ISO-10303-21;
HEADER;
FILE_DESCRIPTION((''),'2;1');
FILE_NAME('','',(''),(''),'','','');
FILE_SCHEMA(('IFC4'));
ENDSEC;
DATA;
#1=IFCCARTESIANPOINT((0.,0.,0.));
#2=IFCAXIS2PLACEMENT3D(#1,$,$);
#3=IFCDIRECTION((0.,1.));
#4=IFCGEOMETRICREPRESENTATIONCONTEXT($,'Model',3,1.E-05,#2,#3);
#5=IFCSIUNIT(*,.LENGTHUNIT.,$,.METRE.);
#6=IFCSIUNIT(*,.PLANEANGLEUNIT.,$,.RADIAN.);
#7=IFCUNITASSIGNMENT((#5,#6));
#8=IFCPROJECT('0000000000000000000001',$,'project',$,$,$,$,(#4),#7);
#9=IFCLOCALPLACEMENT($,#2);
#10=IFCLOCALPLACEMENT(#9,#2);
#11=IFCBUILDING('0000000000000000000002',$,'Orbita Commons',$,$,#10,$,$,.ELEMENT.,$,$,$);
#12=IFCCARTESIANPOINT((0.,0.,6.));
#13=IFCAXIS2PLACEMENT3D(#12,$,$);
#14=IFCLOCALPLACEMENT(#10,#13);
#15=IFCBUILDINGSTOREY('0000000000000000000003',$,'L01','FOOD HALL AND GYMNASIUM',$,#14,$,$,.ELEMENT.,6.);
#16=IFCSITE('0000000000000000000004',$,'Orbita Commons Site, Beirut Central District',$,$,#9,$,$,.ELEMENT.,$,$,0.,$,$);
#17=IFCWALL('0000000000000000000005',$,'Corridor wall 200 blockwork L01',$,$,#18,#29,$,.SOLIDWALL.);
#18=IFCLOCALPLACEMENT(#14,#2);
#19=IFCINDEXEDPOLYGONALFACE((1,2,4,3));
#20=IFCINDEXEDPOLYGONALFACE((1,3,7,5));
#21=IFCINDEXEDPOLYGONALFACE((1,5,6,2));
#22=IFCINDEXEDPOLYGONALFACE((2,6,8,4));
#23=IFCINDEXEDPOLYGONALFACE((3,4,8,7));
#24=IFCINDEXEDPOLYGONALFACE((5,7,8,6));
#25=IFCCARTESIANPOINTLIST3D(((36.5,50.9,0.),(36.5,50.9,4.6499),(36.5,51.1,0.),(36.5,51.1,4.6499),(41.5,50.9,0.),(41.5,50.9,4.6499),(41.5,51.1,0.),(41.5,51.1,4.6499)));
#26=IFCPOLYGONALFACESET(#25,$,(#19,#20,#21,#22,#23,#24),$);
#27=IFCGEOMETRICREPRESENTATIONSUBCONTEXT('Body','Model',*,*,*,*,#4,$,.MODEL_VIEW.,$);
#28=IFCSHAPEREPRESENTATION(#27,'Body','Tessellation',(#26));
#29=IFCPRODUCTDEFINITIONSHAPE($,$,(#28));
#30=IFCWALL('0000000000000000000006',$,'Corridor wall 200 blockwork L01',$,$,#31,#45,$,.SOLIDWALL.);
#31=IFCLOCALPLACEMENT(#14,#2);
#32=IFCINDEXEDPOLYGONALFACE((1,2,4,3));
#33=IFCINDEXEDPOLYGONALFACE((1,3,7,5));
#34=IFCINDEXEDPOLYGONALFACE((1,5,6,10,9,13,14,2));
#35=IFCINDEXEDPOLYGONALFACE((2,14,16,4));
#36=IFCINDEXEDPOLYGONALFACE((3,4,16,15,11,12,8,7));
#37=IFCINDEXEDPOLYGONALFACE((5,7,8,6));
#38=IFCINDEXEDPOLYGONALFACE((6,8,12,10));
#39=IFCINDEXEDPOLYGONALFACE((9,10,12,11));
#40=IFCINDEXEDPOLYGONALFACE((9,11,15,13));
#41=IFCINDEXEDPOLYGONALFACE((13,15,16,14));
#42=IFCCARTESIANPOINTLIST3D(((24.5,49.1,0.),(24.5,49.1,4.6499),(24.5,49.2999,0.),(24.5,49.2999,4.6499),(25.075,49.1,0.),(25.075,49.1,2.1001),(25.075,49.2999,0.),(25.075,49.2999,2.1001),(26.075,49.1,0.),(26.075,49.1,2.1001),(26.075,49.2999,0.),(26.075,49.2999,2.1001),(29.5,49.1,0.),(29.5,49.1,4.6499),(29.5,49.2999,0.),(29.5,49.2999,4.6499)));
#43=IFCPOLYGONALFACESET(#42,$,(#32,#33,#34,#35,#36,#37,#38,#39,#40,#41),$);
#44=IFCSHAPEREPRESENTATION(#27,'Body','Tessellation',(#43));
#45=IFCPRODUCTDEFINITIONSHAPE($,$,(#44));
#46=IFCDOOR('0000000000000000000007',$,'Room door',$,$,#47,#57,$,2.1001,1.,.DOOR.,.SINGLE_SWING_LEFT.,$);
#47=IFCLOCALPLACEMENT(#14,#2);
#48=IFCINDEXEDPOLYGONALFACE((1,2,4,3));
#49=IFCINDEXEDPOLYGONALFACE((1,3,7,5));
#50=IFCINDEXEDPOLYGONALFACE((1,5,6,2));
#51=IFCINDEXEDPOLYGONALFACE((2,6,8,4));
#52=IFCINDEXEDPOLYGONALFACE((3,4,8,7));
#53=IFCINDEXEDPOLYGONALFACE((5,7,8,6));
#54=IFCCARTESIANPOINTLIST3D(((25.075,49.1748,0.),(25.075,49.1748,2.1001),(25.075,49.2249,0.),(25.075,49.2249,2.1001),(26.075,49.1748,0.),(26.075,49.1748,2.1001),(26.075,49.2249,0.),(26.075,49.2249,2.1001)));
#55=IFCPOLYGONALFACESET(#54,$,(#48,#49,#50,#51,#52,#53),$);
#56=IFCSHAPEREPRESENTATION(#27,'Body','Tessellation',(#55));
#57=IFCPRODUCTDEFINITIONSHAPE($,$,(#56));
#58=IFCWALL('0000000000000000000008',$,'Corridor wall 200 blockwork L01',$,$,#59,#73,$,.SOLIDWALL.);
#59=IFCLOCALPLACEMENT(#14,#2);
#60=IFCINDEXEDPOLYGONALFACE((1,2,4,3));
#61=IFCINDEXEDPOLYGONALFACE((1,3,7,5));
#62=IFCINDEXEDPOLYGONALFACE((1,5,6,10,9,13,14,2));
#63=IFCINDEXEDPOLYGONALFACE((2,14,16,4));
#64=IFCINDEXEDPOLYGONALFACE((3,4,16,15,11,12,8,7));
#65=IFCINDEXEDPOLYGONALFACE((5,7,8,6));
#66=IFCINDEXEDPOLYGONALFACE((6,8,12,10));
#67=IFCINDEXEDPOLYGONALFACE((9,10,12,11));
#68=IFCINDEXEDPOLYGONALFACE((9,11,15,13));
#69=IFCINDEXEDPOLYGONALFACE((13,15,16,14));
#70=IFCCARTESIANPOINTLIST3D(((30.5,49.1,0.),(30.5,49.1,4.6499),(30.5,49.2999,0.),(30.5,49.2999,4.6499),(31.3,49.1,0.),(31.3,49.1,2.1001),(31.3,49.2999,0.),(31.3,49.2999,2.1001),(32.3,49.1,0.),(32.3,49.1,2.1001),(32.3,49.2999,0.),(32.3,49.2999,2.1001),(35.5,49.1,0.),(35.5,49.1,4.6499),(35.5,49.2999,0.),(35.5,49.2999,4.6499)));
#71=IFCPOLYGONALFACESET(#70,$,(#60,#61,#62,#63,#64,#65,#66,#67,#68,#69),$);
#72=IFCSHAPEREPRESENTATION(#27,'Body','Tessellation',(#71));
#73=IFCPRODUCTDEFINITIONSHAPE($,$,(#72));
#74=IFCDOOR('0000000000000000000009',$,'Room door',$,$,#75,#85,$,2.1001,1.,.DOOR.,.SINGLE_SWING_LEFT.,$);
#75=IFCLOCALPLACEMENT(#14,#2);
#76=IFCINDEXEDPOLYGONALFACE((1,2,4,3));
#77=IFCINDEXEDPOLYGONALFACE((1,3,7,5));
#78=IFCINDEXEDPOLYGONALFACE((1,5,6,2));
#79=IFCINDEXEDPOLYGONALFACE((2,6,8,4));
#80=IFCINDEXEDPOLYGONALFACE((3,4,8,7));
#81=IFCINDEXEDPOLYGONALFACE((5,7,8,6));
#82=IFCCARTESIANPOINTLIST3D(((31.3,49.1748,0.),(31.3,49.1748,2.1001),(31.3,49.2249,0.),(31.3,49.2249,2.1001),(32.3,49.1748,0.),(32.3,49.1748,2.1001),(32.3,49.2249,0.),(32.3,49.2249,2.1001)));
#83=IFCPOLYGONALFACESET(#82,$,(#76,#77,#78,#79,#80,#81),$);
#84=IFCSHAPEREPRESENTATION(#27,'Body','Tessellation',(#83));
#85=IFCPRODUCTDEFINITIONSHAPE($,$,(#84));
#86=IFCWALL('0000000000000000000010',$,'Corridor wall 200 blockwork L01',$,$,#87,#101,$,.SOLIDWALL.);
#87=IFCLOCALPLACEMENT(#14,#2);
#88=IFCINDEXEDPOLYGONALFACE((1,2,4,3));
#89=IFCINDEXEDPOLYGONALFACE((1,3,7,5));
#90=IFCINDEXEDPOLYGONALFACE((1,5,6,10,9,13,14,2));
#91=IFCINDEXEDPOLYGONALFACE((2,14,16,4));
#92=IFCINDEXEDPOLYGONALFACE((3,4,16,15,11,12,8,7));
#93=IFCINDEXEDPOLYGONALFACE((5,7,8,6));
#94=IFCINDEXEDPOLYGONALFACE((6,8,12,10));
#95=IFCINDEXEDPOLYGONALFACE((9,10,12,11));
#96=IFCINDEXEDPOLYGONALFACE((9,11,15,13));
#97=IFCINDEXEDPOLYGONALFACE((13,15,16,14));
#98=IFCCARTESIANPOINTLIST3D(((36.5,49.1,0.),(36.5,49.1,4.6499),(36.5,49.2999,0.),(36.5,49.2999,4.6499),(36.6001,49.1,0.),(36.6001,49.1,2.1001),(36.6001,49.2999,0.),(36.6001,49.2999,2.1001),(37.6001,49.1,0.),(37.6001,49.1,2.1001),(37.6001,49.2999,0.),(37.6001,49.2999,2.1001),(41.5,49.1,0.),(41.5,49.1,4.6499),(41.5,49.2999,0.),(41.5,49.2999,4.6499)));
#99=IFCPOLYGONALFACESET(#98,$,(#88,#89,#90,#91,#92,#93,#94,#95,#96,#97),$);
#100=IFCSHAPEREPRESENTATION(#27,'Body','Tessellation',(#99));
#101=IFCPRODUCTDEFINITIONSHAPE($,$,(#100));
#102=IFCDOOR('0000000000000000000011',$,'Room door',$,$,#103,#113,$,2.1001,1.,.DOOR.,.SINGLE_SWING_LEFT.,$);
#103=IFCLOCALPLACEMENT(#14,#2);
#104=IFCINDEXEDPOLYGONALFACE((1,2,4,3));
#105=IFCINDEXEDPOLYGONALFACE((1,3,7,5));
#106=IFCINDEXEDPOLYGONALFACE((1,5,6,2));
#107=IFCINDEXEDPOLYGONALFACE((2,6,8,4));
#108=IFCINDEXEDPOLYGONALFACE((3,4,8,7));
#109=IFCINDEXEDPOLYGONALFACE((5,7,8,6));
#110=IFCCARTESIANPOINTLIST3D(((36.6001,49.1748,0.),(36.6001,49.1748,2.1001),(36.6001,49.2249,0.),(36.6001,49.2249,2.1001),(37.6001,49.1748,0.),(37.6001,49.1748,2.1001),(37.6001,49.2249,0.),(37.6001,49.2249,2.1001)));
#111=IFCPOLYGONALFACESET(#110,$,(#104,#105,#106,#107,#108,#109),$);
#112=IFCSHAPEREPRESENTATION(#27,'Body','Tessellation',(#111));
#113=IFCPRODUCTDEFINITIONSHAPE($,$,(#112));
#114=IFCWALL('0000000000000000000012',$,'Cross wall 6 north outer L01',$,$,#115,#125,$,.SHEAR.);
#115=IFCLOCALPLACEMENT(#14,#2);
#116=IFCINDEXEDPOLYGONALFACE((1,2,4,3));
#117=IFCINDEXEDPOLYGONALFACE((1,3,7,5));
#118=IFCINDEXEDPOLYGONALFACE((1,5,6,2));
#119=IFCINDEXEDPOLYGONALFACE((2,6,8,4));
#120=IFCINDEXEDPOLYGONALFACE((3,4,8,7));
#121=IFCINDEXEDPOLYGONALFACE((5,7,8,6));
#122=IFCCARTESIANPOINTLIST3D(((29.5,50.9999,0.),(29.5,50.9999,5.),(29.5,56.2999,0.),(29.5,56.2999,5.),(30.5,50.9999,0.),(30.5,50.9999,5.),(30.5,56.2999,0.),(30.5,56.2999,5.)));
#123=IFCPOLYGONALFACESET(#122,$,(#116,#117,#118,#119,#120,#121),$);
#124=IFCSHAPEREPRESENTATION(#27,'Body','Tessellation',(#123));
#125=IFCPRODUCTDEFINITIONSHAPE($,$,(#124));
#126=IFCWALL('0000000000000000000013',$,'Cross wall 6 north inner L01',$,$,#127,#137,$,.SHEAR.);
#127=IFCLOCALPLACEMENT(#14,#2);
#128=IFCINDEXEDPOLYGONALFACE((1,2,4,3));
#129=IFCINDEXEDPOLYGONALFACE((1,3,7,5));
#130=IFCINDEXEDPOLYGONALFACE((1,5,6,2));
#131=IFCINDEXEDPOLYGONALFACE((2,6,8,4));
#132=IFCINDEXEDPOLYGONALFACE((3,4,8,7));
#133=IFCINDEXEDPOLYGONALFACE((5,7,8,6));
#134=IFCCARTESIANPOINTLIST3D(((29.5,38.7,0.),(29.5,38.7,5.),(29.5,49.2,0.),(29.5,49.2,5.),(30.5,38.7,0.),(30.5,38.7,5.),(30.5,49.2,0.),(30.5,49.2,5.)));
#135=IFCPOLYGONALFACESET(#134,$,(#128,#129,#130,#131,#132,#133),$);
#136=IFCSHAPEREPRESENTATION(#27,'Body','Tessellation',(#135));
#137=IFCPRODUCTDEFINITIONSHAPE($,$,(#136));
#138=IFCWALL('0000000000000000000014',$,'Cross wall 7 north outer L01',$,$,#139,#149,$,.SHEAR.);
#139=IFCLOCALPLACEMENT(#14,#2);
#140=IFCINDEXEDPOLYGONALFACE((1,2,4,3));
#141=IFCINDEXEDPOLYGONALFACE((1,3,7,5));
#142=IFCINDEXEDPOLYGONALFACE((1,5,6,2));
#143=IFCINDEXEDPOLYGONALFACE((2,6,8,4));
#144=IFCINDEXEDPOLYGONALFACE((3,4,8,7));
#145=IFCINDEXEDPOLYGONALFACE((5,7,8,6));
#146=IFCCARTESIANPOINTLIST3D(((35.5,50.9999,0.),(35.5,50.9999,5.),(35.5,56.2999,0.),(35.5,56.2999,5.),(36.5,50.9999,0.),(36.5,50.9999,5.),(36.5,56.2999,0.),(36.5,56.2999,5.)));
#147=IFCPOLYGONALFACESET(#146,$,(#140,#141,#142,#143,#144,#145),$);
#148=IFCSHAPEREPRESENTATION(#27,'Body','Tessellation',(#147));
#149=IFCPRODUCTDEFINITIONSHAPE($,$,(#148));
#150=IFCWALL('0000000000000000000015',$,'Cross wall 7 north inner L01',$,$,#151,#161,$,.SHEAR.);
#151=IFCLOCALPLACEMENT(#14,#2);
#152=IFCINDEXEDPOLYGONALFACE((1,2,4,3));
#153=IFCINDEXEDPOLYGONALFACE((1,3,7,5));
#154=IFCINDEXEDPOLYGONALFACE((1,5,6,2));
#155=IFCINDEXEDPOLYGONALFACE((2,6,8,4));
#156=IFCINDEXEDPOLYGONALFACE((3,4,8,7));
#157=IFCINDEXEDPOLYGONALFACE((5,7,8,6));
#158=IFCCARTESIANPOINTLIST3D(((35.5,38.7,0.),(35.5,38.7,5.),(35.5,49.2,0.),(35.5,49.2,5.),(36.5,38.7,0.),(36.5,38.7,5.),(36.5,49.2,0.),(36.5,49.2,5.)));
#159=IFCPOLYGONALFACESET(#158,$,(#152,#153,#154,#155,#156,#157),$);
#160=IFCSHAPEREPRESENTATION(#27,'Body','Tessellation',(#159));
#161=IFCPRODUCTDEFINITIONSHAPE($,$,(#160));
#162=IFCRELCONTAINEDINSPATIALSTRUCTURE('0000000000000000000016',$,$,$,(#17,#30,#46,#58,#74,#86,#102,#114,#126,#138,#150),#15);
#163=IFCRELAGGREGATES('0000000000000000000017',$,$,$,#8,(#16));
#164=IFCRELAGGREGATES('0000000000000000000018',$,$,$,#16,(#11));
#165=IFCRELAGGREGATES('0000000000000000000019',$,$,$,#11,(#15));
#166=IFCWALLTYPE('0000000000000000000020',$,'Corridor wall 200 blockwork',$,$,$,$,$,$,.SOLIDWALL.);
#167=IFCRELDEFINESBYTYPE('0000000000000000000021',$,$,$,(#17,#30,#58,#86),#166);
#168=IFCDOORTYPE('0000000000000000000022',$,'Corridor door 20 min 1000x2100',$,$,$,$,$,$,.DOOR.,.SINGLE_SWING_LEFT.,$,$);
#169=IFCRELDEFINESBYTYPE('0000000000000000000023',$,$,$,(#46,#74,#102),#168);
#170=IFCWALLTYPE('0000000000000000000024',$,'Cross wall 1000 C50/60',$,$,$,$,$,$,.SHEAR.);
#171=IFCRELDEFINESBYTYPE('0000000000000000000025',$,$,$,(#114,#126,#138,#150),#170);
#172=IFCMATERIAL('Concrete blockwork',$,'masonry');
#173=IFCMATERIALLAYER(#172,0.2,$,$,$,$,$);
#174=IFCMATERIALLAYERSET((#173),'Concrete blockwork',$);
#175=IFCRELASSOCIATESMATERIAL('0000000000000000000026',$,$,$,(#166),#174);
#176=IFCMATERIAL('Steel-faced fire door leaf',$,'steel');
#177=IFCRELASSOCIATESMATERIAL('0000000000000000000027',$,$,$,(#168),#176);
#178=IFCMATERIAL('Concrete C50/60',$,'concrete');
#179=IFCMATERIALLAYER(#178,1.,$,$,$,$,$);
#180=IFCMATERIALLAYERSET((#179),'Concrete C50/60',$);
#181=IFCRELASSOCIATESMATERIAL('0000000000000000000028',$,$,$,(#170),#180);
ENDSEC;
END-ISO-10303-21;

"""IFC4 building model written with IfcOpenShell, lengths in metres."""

from ifc_helpers import new_model, si_unit, direction, frame, frame_2d, origin, place, context, subcontext, project, spatial, rectangle, extrude, material, layer, layer_set, type_object, element, fill, save


model = new_model("IFC4")

# Units and contexts
model_context = context("Model", 3, precision=1e-05, world=origin(), true_north=direction((0.0, 1.0)))
body_context = subcontext(model_context, "Body", "Model", "MODEL_VIEW")
ifc_project = project(units=[si_unit("LENGTHUNIT", "METRE"), si_unit("PLANEANGLEUNIT", "RADIAN")], contexts=[model_context])

# Site, building, storey
site_placement = place(None, origin())
site = spatial("IfcSite", under=ifc_project, at=site_placement, Name="Orbita Commons Site, Beirut Central District", CompositionType="ELEMENT", RefElevation=0.0)
building_placement = place(site_placement, origin())
building = spatial("IfcBuilding", under=site, at=building_placement, Name="Orbita Commons", CompositionType="ELEMENT")
storey_placement = place(building_placement, frame((0.0, 0.0, 6.0)))
storey = spatial("IfcBuildingStorey", under=building, at=storey_placement, Name="L01", Description="FOOD HALL AND GYMNASIUM", CompositionType="ELEMENT", Elevation=6.0)

# Shared definitions
ifc_material_1 = material(Name="Concrete blockwork", Category="masonry")
ifc_layer_1 = layer(ifc_material_1, 0.2)
ifc_layer_set_1 = layer_set([ifc_layer_1], Name="Concrete blockwork")
wall_type_1 = type_object("IfcWallType", Name="Corridor wall 200 blockwork", PredefinedType="SOLIDWALL", material=ifc_layer_set_1)

# Wall
wall_1_placement = place(storey_placement, frame((36.5, 51.0, 0.0), z_axis=(0.0, 0.0, 1.0), x_axis=(1.0, 0.0, 0.0)))
element("IfcWall", 1, at=wall_1_placement, inside=storey, type_object=wall_type_1, Name="Corridor wall 200 blockwork L01", PredefinedType="SOLIDWALL", context=body_context, shape_type="SweptSolid", body=[
    extrude(rectangle(XDim=5.0, YDim=0.2, at=frame_2d((2.5, 0.0))), origin(), (0.0, 0.0, 1.0), 4.6499),
])

# Walls, openings, doors
wall_2_placement = place(storey_placement, frame((24.5, 49.2, 0.0), z_axis=(0.0, 0.0, 1.0), x_axis=(1.0, 0.0, 0.0)))
wall_2 = element("IfcWall", 2, at=wall_2_placement, inside=storey, type_object=wall_type_1, Name="Corridor wall 200 blockwork L01", PredefinedType="SOLIDWALL", context=body_context, shape_type="SweptSolid", body=[
    extrude(rectangle(XDim=5.0, YDim=0.2, at=frame_2d((2.5, 0.0))), origin(), (0.0, 0.0, 1.0), 4.6499),
])
opening_1_placement = place(wall_2_placement, frame((0.575, 0.0, 0.0)))
opening_1 = element("IfcOpeningElement", 3, at=opening_1_placement, cuts=wall_2, PredefinedType="OPENING", context=body_context, shape_type="SweptSolid", body=[
    extrude(rectangle(XDim=1.0, YDim=2.1001, at=frame_2d((0.5, 1.05))), frame((0.0, 0.1099, 0.0), z_axis=(0.0, -1.0, 0.0), x_axis=(1.0, 0.0, 0.0)), (0.0, 0.0, 1.0), 0.22),
])
ifc_material_2 = material(Name="Steel-faced fire door leaf", Category="steel")
door_type_1 = type_object("IfcDoorType", Name="Corridor door 20 min 1000x2100", OperationType="SINGLE_SWING_LEFT", PredefinedType="DOOR", material=ifc_material_2)
door_1_placement = place(opening_1_placement, origin())
door_1 = element("IfcDoor", 4, at=door_1_placement, inside=storey, type_object=door_type_1, Name="Room door", OperationType="SINGLE_SWING_LEFT", OverallHeight=2.1001, OverallWidth=1.0, PredefinedType="DOOR", context=body_context, shape_type="SweptSolid", body=[
    extrude(rectangle(XDim=1.0, YDim=2.1001, at=frame_2d((0.5, 1.05))), frame((0.0, 0.0249, 0.0), z_axis=(0.0, -1.0, 0.0), x_axis=(1.0, 0.0, 0.0)), (0.0, 0.0, 1.0), 0.05),
])
fill(opening_1, door_1)
wall_3_placement = place(storey_placement, frame((30.5, 49.2, 0.0), z_axis=(0.0, 0.0, 1.0), x_axis=(1.0, 0.0, 0.0)))
wall_3 = element("IfcWall", 5, at=wall_3_placement, inside=storey, type_object=wall_type_1, Name="Corridor wall 200 blockwork L01", PredefinedType="SOLIDWALL", context=body_context, shape_type="SweptSolid", body=[
    extrude(rectangle(XDim=5.0, YDim=0.2, at=frame_2d((2.5, 0.0))), origin(), (0.0, 0.0, 1.0), 4.6499),
])
opening_2_placement = place(wall_3_placement, frame((0.8, 0.0, 0.0)))
opening_2 = element("IfcOpeningElement", 6, at=opening_2_placement, cuts=wall_3, PredefinedType="OPENING", context=body_context, shape_type="SweptSolid", body=[
    extrude(rectangle(XDim=1.0, YDim=2.1001, at=frame_2d((0.5, 1.05))), frame((0.0, 0.1099, 0.0), z_axis=(0.0, -1.0, 0.0), x_axis=(1.0, 0.0, 0.0)), (0.0, 0.0, 1.0), 0.22),
])
door_2_placement = place(opening_2_placement, origin())
door_2 = element("IfcDoor", 7, at=door_2_placement, inside=storey, type_object=door_type_1, Name="Room door", OperationType="SINGLE_SWING_LEFT", OverallHeight=2.1001, OverallWidth=1.0, PredefinedType="DOOR", context=body_context, shape_type="SweptSolid", body=[
    extrude(rectangle(XDim=1.0, YDim=2.1001, at=frame_2d((0.5, 1.05))), frame((0.0, 0.0249, 0.0), z_axis=(0.0, -1.0, 0.0), x_axis=(1.0, 0.0, 0.0)), (0.0, 0.0, 1.0), 0.05),
])
fill(opening_2, door_2)
wall_4_placement = place(storey_placement, frame((36.5, 49.2, 0.0), z_axis=(0.0, 0.0, 1.0), x_axis=(1.0, 0.0, 0.0)))
wall_4 = element("IfcWall", 8, at=wall_4_placement, inside=storey, type_object=wall_type_1, Name="Corridor wall 200 blockwork L01", PredefinedType="SOLIDWALL", context=body_context, shape_type="SweptSolid", body=[
    extrude(rectangle(XDim=5.0, YDim=0.2, at=frame_2d((2.5, 0.0))), origin(), (0.0, 0.0, 1.0), 4.6499),
])
opening_3_placement = place(wall_4_placement, frame((0.1001, 0.0, 0.0)))
opening_3 = element("IfcOpeningElement", 9, at=opening_3_placement, cuts=wall_4, PredefinedType="OPENING", context=body_context, shape_type="SweptSolid", body=[
    extrude(rectangle(XDim=1.0, YDim=2.1001, at=frame_2d((0.5, 1.05))), frame((0.0, 0.1099, 0.0), z_axis=(0.0, -1.0, 0.0), x_axis=(1.0, 0.0, 0.0)), (0.0, 0.0, 1.0), 0.22),
])
door_3_placement = place(opening_3_placement, origin())
door_3 = element("IfcDoor", 10, at=door_3_placement, inside=storey, type_object=door_type_1, Name="Room door", OperationType="SINGLE_SWING_LEFT", OverallHeight=2.1001, OverallWidth=1.0, PredefinedType="DOOR", context=body_context, shape_type="SweptSolid", body=[
    extrude(rectangle(XDim=1.0, YDim=2.1001, at=frame_2d((0.5, 1.05))), frame((0.0, 0.0249, 0.0), z_axis=(0.0, -1.0, 0.0), x_axis=(1.0, 0.0, 0.0)), (0.0, 0.0, 1.0), 0.05),
])
fill(opening_3, door_3)

# Walls
ifc_material_3 = material(Name="Concrete C50/60", Category="concrete")
ifc_layer_2 = layer(ifc_material_3, 1.0)
ifc_layer_set_2 = layer_set([ifc_layer_2], Name="Concrete C50/60")
wall_type_2 = type_object("IfcWallType", Name="Cross wall 1000 C50/60", PredefinedType="SHEAR", material=ifc_layer_set_2)
wall_5_placement = place(storey_placement, frame((30.0, 51.0, 0.0), z_axis=(0.0, 0.0, 1.0), x_axis=(0.0, 1.0, 0.0)))
element("IfcWall", 11, at=wall_5_placement, inside=storey, type_object=wall_type_2, Name="Cross wall 6 north outer L01", PredefinedType="SHEAR", context=body_context, shape_type="SweptSolid", body=[
    extrude(rectangle(XDim=5.3, YDim=1.0, at=frame_2d((2.6499, 0.0))), origin(), (0.0, 0.0, 1.0), 5.0),
])
wall_6_placement = place(storey_placement, frame((30.0, 38.7, 0.0), z_axis=(0.0, 0.0, 1.0), x_axis=(0.0, 1.0, 0.0)))
element("IfcWall", 12, at=wall_6_placement, inside=storey, type_object=wall_type_2, Name="Cross wall 6 north inner L01", PredefinedType="SHEAR", context=body_context, shape_type="SweptSolid", body=[
    extrude(rectangle(XDim=10.5, YDim=1.0, at=frame_2d((5.25, 0.0))), origin(), (0.0, 0.0, 1.0), 5.0),
])
wall_7_placement = place(storey_placement, frame((36.0, 51.0, 0.0), z_axis=(0.0, 0.0, 1.0), x_axis=(0.0, 1.0, 0.0)))
element("IfcWall", 13, at=wall_7_placement, inside=storey, type_object=wall_type_2, Name="Cross wall 7 north outer L01", PredefinedType="SHEAR", context=body_context, shape_type="SweptSolid", body=[
    extrude(rectangle(XDim=5.3, YDim=1.0, at=frame_2d((2.6499, 0.0))), origin(), (0.0, 0.0, 1.0), 5.0),
])
wall_8_placement = place(storey_placement, frame((36.0, 38.7, 0.0), z_axis=(0.0, 0.0, 1.0), x_axis=(0.0, 1.0, 0.0)))
element("IfcWall", 14, at=wall_8_placement, inside=storey, type_object=wall_type_2, Name="Cross wall 7 north inner L01", PredefinedType="SHEAR", context=body_context, shape_type="SweptSolid", body=[
    extrude(rectangle(XDim=10.5, YDim=1.0, at=frame_2d((5.25, 0.0))), origin(), (0.0, 0.0, 1.0), 5.0),
])

save(model, "model.ifc")
